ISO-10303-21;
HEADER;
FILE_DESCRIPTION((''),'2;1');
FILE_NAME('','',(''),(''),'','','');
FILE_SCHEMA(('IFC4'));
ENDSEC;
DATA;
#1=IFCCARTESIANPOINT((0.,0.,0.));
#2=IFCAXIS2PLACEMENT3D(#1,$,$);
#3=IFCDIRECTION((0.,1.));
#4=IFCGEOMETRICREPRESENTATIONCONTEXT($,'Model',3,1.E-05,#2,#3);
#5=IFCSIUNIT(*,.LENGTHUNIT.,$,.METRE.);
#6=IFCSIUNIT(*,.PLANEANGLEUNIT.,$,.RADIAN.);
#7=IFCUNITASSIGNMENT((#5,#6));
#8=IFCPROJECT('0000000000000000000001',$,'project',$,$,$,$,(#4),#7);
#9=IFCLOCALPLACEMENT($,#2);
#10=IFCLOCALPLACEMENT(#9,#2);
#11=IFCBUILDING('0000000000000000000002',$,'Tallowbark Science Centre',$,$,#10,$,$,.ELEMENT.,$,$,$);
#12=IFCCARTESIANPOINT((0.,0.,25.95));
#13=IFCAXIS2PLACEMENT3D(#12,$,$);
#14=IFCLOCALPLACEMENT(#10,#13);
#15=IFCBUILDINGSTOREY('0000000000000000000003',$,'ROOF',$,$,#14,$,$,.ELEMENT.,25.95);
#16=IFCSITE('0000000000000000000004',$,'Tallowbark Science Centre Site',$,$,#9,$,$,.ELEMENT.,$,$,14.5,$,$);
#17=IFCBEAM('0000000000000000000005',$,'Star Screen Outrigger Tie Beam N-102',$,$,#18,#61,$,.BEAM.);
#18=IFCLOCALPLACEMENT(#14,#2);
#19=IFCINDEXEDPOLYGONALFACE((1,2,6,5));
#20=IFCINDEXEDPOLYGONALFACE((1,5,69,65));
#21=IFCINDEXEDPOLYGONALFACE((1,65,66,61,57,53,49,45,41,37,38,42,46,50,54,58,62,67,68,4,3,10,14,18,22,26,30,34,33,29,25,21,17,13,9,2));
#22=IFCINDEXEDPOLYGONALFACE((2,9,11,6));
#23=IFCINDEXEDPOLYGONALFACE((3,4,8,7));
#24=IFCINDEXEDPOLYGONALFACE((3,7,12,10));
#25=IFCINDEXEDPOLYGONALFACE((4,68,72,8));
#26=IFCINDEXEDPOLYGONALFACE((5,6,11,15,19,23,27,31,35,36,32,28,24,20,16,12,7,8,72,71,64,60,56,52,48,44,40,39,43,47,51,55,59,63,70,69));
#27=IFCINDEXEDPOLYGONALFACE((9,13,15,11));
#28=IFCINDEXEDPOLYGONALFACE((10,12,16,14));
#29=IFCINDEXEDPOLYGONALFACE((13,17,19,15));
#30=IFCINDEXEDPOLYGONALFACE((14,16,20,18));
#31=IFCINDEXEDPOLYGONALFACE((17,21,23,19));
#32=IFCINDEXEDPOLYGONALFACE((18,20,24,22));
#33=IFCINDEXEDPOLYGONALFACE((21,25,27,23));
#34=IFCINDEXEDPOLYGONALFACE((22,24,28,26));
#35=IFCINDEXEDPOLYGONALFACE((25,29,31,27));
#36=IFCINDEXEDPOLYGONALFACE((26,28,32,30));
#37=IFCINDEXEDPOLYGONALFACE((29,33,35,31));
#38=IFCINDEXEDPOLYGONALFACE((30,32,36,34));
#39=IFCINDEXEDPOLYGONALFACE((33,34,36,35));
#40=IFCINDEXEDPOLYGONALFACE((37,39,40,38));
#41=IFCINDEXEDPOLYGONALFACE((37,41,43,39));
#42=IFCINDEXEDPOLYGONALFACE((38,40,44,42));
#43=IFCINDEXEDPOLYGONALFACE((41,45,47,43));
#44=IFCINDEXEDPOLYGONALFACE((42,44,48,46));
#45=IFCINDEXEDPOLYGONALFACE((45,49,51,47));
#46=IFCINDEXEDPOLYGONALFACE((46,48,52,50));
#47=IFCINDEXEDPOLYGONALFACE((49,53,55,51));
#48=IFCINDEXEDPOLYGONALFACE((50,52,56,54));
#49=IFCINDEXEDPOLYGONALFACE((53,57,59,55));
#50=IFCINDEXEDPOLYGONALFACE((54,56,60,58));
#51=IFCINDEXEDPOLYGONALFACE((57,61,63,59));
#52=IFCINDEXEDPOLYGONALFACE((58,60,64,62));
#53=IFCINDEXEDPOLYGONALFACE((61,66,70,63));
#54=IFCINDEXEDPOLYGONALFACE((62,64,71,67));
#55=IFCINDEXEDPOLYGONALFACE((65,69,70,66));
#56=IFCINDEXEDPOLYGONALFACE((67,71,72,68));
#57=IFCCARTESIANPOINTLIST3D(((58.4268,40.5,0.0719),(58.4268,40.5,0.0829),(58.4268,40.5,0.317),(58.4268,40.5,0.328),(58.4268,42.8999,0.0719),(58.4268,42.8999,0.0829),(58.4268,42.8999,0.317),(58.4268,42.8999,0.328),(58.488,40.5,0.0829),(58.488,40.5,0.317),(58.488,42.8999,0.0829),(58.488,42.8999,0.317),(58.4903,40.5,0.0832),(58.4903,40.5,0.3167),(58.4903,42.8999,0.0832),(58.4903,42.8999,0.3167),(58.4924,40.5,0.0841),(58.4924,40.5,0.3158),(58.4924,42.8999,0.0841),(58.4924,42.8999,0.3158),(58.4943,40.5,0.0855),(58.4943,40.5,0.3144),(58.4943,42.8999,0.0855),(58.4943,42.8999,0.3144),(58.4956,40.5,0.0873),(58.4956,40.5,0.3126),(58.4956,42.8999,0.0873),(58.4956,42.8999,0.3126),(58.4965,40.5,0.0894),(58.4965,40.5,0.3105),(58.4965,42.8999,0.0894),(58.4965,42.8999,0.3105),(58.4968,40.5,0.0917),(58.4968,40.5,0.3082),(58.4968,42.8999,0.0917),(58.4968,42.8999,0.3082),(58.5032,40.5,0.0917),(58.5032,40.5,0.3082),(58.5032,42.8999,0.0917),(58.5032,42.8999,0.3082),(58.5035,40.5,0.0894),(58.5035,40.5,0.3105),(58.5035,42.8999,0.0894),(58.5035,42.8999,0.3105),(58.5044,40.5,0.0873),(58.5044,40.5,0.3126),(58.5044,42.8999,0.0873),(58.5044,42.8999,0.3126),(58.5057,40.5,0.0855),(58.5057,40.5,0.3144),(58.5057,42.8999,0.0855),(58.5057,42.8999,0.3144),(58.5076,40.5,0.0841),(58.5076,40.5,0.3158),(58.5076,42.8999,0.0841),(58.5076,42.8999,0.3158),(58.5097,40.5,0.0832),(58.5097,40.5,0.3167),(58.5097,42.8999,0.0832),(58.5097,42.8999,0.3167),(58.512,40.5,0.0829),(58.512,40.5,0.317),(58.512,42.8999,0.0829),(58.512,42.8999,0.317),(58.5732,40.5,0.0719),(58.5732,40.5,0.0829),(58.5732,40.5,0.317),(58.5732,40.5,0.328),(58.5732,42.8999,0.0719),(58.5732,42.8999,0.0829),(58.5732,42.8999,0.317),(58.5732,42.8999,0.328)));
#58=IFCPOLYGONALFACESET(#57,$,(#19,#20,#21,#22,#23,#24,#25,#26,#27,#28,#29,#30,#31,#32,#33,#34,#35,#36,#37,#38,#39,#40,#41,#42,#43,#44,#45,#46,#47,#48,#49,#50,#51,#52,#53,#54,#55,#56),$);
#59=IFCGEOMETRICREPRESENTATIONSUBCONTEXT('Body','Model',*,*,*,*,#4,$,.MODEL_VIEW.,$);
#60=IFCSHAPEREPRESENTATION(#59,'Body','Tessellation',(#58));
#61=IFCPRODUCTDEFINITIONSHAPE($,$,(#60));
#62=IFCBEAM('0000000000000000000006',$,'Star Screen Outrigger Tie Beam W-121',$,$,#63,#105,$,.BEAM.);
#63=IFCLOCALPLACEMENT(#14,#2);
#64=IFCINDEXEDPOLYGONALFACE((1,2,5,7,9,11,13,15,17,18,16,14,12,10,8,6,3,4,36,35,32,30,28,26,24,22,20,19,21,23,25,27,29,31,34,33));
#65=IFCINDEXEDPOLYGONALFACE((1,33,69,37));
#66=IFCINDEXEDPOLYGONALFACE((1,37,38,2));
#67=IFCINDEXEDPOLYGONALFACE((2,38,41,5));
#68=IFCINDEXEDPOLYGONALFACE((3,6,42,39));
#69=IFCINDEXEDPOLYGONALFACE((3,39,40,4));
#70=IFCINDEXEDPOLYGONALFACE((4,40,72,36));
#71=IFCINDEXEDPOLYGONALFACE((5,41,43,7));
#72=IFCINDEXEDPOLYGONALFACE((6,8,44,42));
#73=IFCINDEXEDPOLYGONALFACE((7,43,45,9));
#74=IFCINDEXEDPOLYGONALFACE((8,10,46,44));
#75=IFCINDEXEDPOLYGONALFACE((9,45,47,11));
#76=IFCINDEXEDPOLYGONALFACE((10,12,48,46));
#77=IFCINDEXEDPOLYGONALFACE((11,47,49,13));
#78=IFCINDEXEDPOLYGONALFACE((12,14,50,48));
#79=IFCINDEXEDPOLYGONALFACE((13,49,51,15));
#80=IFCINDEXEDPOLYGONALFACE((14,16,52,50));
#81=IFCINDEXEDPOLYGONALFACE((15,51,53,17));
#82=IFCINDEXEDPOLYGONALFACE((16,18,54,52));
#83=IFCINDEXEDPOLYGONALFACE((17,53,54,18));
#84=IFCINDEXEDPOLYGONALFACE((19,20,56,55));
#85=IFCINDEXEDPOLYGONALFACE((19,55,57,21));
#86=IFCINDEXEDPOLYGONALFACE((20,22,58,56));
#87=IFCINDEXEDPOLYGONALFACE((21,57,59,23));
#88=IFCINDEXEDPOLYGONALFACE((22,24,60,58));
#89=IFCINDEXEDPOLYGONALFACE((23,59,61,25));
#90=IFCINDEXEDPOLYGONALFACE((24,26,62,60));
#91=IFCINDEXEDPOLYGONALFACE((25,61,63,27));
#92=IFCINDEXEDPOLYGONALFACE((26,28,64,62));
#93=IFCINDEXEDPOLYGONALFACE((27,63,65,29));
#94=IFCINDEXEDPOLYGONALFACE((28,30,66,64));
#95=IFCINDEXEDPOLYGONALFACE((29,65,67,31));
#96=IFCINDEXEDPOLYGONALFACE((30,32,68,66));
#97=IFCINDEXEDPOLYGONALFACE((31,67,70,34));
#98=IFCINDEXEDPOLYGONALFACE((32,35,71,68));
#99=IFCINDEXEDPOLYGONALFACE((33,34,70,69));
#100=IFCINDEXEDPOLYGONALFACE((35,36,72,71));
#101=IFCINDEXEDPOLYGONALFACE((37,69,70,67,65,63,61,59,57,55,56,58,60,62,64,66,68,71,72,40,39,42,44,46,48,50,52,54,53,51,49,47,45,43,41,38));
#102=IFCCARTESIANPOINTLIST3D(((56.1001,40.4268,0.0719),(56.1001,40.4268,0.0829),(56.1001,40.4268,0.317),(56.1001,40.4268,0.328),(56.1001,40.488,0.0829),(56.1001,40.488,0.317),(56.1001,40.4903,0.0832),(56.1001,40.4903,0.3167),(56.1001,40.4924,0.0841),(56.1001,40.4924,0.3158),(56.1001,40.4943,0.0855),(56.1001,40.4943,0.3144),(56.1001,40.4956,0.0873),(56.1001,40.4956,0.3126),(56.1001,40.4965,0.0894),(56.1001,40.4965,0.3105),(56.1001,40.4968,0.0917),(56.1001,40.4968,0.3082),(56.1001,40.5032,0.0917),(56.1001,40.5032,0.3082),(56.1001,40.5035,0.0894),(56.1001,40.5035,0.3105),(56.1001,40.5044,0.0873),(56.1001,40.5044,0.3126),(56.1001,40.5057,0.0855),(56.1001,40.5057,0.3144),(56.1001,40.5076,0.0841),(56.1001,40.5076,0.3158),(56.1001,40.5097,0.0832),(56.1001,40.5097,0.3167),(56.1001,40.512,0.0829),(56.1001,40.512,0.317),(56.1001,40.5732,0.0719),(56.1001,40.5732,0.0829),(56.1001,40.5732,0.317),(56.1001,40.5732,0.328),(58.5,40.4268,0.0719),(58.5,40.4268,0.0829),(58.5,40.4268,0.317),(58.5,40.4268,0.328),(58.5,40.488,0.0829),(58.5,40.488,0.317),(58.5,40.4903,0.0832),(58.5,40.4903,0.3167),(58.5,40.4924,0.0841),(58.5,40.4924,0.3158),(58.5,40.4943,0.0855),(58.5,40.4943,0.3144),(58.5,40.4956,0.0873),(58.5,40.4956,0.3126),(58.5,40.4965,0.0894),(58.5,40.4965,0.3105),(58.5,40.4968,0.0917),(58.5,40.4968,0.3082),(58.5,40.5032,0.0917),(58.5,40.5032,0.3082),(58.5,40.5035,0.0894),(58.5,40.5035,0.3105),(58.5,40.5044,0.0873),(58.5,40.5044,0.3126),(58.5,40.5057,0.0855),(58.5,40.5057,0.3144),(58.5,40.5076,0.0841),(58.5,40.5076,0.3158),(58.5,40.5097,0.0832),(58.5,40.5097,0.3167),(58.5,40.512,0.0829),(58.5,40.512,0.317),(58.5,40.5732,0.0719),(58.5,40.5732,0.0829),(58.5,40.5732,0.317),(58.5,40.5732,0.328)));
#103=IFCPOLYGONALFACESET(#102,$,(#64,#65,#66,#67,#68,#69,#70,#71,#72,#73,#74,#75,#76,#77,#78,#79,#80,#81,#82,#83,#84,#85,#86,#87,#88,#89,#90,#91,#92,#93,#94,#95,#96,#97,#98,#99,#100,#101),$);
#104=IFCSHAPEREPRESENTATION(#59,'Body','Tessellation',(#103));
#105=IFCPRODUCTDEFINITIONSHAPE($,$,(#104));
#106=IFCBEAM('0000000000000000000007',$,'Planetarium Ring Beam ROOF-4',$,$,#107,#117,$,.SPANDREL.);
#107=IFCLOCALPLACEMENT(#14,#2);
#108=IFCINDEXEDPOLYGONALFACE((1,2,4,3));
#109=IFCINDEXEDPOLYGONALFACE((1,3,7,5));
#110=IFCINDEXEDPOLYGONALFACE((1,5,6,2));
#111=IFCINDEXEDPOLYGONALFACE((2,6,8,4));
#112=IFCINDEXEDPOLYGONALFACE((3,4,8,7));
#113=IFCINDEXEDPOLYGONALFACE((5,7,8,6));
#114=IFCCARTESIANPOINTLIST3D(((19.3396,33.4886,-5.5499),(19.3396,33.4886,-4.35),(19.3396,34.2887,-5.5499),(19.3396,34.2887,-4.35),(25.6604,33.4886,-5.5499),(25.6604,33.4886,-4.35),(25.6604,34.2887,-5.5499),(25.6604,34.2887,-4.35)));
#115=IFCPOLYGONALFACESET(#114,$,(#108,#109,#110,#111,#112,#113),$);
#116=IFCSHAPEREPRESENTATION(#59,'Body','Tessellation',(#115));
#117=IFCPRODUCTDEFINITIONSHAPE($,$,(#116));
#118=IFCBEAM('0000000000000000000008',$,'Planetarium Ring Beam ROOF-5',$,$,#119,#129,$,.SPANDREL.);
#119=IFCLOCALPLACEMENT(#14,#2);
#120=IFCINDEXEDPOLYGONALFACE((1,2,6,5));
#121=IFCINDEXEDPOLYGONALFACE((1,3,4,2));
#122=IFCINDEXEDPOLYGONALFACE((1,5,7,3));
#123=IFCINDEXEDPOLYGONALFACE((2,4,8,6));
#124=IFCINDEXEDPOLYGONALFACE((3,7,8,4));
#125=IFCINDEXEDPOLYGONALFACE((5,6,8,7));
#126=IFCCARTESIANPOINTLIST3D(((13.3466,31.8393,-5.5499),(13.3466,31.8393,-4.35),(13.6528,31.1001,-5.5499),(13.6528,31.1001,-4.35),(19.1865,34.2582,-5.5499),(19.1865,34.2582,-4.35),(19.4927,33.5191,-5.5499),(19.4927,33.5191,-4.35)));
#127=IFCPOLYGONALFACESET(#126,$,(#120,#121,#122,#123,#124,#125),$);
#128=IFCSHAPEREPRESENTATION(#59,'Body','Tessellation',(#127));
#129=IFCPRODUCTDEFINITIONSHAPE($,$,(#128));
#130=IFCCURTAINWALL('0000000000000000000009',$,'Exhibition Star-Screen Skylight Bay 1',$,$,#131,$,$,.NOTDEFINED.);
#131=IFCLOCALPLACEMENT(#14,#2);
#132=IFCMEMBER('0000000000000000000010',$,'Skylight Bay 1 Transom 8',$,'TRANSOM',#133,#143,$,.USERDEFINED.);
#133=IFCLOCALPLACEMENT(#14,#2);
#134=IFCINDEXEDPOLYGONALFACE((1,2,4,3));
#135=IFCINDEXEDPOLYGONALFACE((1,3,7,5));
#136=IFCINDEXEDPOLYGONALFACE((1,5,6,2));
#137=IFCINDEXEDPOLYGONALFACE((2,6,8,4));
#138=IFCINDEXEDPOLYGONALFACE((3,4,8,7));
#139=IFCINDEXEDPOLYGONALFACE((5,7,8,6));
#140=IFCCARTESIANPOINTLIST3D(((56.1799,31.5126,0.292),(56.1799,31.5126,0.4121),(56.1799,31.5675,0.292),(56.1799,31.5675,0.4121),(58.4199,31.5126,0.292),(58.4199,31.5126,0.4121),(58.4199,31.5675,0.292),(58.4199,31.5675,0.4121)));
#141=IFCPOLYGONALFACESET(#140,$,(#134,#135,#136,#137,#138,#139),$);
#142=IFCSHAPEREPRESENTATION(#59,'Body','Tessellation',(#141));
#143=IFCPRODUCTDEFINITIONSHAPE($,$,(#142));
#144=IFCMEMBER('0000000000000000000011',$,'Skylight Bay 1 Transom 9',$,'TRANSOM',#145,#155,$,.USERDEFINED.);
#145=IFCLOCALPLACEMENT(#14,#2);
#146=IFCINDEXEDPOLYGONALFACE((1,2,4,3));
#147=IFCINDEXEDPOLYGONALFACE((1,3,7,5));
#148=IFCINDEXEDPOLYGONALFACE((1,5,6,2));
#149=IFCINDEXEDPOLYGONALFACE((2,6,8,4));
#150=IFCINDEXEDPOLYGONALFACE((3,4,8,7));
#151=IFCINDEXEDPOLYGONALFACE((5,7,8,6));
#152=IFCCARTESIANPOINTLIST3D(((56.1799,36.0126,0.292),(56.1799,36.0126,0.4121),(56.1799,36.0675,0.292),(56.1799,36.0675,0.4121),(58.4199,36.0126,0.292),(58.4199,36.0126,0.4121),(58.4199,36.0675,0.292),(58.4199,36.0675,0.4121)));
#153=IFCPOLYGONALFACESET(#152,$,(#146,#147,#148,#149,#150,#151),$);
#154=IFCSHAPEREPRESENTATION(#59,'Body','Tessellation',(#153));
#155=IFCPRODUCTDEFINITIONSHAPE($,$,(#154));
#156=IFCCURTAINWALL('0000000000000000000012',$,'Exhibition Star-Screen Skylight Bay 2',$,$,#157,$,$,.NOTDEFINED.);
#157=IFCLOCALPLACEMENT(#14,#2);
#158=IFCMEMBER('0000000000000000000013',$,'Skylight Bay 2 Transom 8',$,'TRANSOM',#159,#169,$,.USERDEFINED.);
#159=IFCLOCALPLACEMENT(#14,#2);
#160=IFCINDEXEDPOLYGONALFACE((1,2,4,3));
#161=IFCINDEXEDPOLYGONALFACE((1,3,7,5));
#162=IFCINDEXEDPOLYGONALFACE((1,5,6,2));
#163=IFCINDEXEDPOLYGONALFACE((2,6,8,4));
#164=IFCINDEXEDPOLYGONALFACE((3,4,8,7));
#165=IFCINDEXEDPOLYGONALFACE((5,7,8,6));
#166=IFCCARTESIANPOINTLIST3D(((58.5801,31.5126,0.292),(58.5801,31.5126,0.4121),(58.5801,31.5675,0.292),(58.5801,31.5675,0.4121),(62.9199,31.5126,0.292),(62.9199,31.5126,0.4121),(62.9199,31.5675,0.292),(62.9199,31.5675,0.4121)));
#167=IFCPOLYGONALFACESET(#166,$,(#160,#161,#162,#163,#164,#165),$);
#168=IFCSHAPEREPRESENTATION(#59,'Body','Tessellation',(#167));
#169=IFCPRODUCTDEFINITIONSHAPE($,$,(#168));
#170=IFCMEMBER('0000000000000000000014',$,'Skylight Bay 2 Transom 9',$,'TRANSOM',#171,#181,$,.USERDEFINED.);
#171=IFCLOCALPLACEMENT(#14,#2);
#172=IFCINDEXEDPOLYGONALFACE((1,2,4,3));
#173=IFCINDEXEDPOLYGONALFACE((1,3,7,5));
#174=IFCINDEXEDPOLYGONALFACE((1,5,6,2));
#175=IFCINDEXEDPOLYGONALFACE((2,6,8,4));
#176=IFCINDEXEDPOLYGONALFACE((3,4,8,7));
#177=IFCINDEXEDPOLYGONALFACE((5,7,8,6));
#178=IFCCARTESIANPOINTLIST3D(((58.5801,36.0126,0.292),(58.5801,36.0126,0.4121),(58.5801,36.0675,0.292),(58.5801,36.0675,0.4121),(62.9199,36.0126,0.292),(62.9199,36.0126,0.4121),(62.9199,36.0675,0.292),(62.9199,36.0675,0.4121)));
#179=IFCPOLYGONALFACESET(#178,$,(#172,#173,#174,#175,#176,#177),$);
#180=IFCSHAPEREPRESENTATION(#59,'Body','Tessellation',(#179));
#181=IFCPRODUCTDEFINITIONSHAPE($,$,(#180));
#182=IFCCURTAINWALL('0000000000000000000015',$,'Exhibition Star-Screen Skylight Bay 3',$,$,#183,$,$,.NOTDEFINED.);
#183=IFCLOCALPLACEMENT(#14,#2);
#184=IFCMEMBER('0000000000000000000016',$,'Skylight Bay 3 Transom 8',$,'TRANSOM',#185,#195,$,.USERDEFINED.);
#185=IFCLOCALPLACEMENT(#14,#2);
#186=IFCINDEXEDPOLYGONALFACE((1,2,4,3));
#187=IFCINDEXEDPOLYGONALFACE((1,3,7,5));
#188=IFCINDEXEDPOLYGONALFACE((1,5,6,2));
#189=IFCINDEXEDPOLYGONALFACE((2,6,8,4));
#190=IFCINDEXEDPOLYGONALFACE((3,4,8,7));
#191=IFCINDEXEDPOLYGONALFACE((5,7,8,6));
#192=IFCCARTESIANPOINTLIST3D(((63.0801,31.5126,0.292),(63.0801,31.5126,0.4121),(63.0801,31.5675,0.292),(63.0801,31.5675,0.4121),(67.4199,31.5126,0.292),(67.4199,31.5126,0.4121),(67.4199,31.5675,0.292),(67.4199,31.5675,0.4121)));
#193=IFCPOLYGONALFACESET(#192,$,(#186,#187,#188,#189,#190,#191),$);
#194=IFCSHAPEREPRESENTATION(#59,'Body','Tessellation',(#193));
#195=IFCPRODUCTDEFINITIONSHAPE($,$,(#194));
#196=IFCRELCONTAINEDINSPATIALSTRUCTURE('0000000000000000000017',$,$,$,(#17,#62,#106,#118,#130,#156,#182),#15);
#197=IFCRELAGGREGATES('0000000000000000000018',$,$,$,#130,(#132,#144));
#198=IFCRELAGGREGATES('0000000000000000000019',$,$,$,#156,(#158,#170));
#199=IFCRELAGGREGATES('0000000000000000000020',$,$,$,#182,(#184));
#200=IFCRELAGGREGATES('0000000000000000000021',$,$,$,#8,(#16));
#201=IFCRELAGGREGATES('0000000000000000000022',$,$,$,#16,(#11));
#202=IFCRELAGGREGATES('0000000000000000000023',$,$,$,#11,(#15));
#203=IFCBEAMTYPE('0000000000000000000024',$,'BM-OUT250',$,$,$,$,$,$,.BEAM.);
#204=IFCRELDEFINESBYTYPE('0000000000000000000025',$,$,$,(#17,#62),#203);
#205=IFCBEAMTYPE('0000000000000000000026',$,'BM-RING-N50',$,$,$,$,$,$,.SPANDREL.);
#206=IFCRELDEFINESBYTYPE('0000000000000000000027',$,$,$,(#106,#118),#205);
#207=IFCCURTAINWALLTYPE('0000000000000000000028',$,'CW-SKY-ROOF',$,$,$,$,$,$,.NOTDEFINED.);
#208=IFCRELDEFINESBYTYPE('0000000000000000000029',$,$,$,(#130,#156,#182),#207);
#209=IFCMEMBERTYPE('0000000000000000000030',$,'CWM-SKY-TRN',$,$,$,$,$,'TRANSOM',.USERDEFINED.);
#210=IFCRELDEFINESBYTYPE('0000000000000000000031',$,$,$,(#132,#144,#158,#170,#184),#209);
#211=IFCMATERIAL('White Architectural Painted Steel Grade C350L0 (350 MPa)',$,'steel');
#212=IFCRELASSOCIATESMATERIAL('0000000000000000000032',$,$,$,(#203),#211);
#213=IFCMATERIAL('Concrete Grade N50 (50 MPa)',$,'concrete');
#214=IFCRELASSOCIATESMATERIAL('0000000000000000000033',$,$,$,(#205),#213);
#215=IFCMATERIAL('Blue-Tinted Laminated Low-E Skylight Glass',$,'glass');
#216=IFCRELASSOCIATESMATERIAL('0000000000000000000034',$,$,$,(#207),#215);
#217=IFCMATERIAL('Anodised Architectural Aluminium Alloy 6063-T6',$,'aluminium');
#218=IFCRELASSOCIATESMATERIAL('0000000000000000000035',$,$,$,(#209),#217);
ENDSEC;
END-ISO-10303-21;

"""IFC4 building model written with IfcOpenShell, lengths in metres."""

from ifc_helpers import new_model, si_unit, direction, frame, origin, origin_2d, place, context, subcontext, project, spatial, rectangle, i_section, extrude, material, material_profile, profile_set, type_object, element, aggregate, save


model = new_model("IFC4")

# Units and contexts
model_context = context("Model", 3, precision=1e-05, world=origin(), true_north=direction((0.0, 1.0)))
body_context = subcontext(model_context, "Body", "Model", "MODEL_VIEW")
ifc_project = project(units=[si_unit("LENGTHUNIT", "METRE"), si_unit("PLANEANGLEUNIT", "RADIAN")], contexts=[model_context])

# Site, building, storey
site_placement = place(None, origin())
site = spatial("IfcSite", under=ifc_project, at=site_placement, Name="Tallowbark Science Centre Site", CompositionType="ELEMENT", RefElevation=14.5)
building_placement = place(site_placement, origin())
building = spatial("IfcBuilding", under=site, at=building_placement, Name="Tallowbark Science Centre", CompositionType="ELEMENT")
storey_placement = place(building_placement, frame((0.0, 0.0, 25.95)))
storey = spatial("IfcBuildingStorey", under=building, at=storey_placement, Name="ROOF", CompositionType="ELEMENT", Elevation=25.95)

# Beams
ifc_material_1 = material(Name="White Architectural Painted Steel Grade C350L0 (350 MPa)", Category="steel")
ifc_material_profile_1 = material_profile(ifc_material_1, i_section(OverallWidth=0.1465, OverallDepth=0.2561, WebThickness=0.0063, FlangeThickness=0.011, FilletRadius=0.0088, at=origin_2d()), Name="250UB37.3")
ifc_profile_set_1 = profile_set([ifc_material_profile_1], Name="White Architectural Painted Steel Grade C350L0 (350 MPa)")
beam_type_1 = type_object("IfcBeamType", Name="BM-OUT250", PredefinedType="BEAM", material=ifc_profile_set_1)
for number, where, z_axis, x_axis, name in (
    (1, (58.5, 40.5, 0.2), (0.0, 1.0, 0.0), (-1.0, 0.0, 0.0), "Star Screen Outrigger Tie Beam N-102"),
    (2, (58.5, 40.5, 0.2), (-1.0, 0.0, 0.0), (0.0, -1.0, 0.0), "Star Screen Outrigger Tie Beam W-121"),
):
    element("IfcBeam", number, at=place(storey_placement, frame(where, z_axis=z_axis, x_axis=x_axis)), inside=storey, type_object=beam_type_1, Name=name, PredefinedType="BEAM", context=body_context, shape_type="SweptSolid", body=[
        extrude(i_section(OverallWidth=0.1465, OverallDepth=0.2561, WebThickness=0.0063, FlangeThickness=0.011, FilletRadius=0.0088, at=origin_2d()), origin(), (0.0, 0.0, 1.0), 2.3999),
    ])
ifc_material_2 = material(Name="Concrete Grade N50 (50 MPa)", Category="concrete")
ifc_material_profile_2 = material_profile(ifc_material_2, rectangle(XDim=0.8, YDim=1.2, at=origin_2d()), Name="RC800x1200")
ifc_profile_set_2 = profile_set([ifc_material_profile_2], Name="Concrete Grade N50 (50 MPa)")
beam_type_2 = type_object("IfcBeamType", Name="BM-RING-N50", PredefinedType="SPANDREL", material=ifc_profile_set_2)
beam_1_placement = place(storey_placement, frame((25.6604, 33.8887, -4.95), z_axis=(-1.0, 0.0, 0.0), x_axis=(0.0, -1.0, 0.0)))
element("IfcBeam", 3, at=beam_1_placement, inside=storey, type_object=beam_type_2, Name="Planetarium Ring Beam ROOF-4", PredefinedType="SPANDREL", context=body_context, shape_type="SweptSolid", body=[
    extrude(rectangle(XDim=0.8, YDim=1.2, at=origin_2d()), origin(), (0.0, 0.0, 1.0), 6.3208),
])
beam_2_placement = place(storey_placement, frame((19.3396, 33.8887, -4.95), z_axis=(-0.923879, -0.382684, 0.0), x_axis=(0.382684, -0.923879, 0.0)))
element("IfcBeam", 4, at=beam_2_placement, inside=storey, type_object=beam_type_2, Name="Planetarium Ring Beam ROOF-5", PredefinedType="SPANDREL", context=body_context, shape_type="SweptSolid", body=[
    extrude(rectangle(XDim=0.8, YDim=1.2, at=origin_2d()), origin(), (0.0, 0.0, 1.0), 6.321),
])

# Curtain walls, members
ifc_material_3 = material(Name="Blue-Tinted Laminated Low-E Skylight Glass", Category="glass")
curtain_wall_type = type_object("IfcCurtainWallType", Name="CW-SKY-ROOF", PredefinedType="NOTDEFINED", material=ifc_material_3)
curtain_wall_1_placement = place(storey_placement, origin())
curtain_wall_1 = element("IfcCurtainWall", 5, at=curtain_wall_1_placement, inside=storey, type_object=curtain_wall_type, Name="Exhibition Star-Screen Skylight Bay 1", PredefinedType="NOTDEFINED")
ifc_material_4 = material(Name="Anodised Architectural Aluminium Alloy 6063-T6", Category="aluminium")
ifc_material_profile_3 = material_profile(ifc_material_4, rectangle(XDim=0.0549, YDim=0.1201, at=origin_2d()), Name="ALU55x120")
ifc_profile_set_3 = profile_set([ifc_material_profile_3], Name="Anodised Architectural Aluminium Alloy 6063-T6")
member_type_1 = type_object("IfcMemberType", Name="CWM-SKY-TRN", ElementType="TRANSOM", PredefinedType="USERDEFINED", material=ifc_profile_set_3)
member_1_placement = place(storey_placement, frame((56.1799, 31.54, 0.3521), z_axis=(1.0, 0.0, 0.0), x_axis=(0.0, 1.0, 0.0)))
member_1 = element("IfcMember", 6, at=member_1_placement, type_object=member_type_1, Name="Skylight Bay 1 Transom 8", ObjectType="TRANSOM", PredefinedType="USERDEFINED", context=body_context, shape_type="SweptSolid", body=[
    extrude(rectangle(XDim=0.0549, YDim=0.1201, at=origin_2d()), origin(), (0.0, 0.0, 1.0), 2.24),
])
member_2_placement = place(storey_placement, frame((56.1799, 36.04, 0.3521), z_axis=(1.0, 0.0, 0.0), x_axis=(0.0, 1.0, 0.0)))
member_2 = element("IfcMember", 7, at=member_2_placement, type_object=member_type_1, Name="Skylight Bay 1 Transom 9", ObjectType="TRANSOM", PredefinedType="USERDEFINED", context=body_context, shape_type="SweptSolid", body=[
    extrude(rectangle(XDim=0.0549, YDim=0.1201, at=origin_2d()), origin(), (0.0, 0.0, 1.0), 2.24),
])
curtain_wall_2_placement = place(storey_placement, origin())
curtain_wall_2 = element("IfcCurtainWall", 8, at=curtain_wall_2_placement, inside=storey, type_object=curtain_wall_type, Name="Exhibition Star-Screen Skylight Bay 2", PredefinedType="NOTDEFINED")
member_3_placement = place(storey_placement, frame((58.5801, 31.54, 0.3521), z_axis=(1.0, 0.0, 0.0), x_axis=(0.0, 1.0, 0.0)))
member_3 = element("IfcMember", 9, at=member_3_placement, type_object=member_type_1, Name="Skylight Bay 2 Transom 8", ObjectType="TRANSOM", PredefinedType="USERDEFINED", context=body_context, shape_type="SweptSolid", body=[
    extrude(rectangle(XDim=0.0549, YDim=0.1201, at=origin_2d()), origin(), (0.0, 0.0, 1.0), 4.3398),
])
member_4_placement = place(storey_placement, frame((58.5801, 36.04, 0.3521), z_axis=(1.0, 0.0, 0.0), x_axis=(0.0, 1.0, 0.0)))
member_4 = element("IfcMember", 10, at=member_4_placement, type_object=member_type_1, Name="Skylight Bay 2 Transom 9", ObjectType="TRANSOM", PredefinedType="USERDEFINED", context=body_context, shape_type="SweptSolid", body=[
    extrude(rectangle(XDim=0.0549, YDim=0.1201, at=origin_2d()), origin(), (0.0, 0.0, 1.0), 4.3398),
])
curtain_wall_3_placement = place(storey_placement, origin())
curtain_wall_3 = element("IfcCurtainWall", 11, at=curtain_wall_3_placement, inside=storey, type_object=curtain_wall_type, Name="Exhibition Star-Screen Skylight Bay 3", PredefinedType="NOTDEFINED")
member_5_placement = place(storey_placement, frame((63.0801, 31.54, 0.3521), z_axis=(1.0, 0.0, 0.0), x_axis=(0.0, 1.0, 0.0)))
member_5 = element("IfcMember", 12, at=member_5_placement, type_object=member_type_1, Name="Skylight Bay 3 Transom 8", ObjectType="TRANSOM", PredefinedType="USERDEFINED", context=body_context, shape_type="SweptSolid", body=[
    extrude(rectangle(XDim=0.0549, YDim=0.1201, at=origin_2d()), origin(), (0.0, 0.0, 1.0), 4.3398),
])

aggregate(curtain_wall_1, [member_1, member_2])
aggregate(curtain_wall_2, [member_3, member_4])
aggregate(curtain_wall_3, [member_5])

save(model, "model.ifc")
